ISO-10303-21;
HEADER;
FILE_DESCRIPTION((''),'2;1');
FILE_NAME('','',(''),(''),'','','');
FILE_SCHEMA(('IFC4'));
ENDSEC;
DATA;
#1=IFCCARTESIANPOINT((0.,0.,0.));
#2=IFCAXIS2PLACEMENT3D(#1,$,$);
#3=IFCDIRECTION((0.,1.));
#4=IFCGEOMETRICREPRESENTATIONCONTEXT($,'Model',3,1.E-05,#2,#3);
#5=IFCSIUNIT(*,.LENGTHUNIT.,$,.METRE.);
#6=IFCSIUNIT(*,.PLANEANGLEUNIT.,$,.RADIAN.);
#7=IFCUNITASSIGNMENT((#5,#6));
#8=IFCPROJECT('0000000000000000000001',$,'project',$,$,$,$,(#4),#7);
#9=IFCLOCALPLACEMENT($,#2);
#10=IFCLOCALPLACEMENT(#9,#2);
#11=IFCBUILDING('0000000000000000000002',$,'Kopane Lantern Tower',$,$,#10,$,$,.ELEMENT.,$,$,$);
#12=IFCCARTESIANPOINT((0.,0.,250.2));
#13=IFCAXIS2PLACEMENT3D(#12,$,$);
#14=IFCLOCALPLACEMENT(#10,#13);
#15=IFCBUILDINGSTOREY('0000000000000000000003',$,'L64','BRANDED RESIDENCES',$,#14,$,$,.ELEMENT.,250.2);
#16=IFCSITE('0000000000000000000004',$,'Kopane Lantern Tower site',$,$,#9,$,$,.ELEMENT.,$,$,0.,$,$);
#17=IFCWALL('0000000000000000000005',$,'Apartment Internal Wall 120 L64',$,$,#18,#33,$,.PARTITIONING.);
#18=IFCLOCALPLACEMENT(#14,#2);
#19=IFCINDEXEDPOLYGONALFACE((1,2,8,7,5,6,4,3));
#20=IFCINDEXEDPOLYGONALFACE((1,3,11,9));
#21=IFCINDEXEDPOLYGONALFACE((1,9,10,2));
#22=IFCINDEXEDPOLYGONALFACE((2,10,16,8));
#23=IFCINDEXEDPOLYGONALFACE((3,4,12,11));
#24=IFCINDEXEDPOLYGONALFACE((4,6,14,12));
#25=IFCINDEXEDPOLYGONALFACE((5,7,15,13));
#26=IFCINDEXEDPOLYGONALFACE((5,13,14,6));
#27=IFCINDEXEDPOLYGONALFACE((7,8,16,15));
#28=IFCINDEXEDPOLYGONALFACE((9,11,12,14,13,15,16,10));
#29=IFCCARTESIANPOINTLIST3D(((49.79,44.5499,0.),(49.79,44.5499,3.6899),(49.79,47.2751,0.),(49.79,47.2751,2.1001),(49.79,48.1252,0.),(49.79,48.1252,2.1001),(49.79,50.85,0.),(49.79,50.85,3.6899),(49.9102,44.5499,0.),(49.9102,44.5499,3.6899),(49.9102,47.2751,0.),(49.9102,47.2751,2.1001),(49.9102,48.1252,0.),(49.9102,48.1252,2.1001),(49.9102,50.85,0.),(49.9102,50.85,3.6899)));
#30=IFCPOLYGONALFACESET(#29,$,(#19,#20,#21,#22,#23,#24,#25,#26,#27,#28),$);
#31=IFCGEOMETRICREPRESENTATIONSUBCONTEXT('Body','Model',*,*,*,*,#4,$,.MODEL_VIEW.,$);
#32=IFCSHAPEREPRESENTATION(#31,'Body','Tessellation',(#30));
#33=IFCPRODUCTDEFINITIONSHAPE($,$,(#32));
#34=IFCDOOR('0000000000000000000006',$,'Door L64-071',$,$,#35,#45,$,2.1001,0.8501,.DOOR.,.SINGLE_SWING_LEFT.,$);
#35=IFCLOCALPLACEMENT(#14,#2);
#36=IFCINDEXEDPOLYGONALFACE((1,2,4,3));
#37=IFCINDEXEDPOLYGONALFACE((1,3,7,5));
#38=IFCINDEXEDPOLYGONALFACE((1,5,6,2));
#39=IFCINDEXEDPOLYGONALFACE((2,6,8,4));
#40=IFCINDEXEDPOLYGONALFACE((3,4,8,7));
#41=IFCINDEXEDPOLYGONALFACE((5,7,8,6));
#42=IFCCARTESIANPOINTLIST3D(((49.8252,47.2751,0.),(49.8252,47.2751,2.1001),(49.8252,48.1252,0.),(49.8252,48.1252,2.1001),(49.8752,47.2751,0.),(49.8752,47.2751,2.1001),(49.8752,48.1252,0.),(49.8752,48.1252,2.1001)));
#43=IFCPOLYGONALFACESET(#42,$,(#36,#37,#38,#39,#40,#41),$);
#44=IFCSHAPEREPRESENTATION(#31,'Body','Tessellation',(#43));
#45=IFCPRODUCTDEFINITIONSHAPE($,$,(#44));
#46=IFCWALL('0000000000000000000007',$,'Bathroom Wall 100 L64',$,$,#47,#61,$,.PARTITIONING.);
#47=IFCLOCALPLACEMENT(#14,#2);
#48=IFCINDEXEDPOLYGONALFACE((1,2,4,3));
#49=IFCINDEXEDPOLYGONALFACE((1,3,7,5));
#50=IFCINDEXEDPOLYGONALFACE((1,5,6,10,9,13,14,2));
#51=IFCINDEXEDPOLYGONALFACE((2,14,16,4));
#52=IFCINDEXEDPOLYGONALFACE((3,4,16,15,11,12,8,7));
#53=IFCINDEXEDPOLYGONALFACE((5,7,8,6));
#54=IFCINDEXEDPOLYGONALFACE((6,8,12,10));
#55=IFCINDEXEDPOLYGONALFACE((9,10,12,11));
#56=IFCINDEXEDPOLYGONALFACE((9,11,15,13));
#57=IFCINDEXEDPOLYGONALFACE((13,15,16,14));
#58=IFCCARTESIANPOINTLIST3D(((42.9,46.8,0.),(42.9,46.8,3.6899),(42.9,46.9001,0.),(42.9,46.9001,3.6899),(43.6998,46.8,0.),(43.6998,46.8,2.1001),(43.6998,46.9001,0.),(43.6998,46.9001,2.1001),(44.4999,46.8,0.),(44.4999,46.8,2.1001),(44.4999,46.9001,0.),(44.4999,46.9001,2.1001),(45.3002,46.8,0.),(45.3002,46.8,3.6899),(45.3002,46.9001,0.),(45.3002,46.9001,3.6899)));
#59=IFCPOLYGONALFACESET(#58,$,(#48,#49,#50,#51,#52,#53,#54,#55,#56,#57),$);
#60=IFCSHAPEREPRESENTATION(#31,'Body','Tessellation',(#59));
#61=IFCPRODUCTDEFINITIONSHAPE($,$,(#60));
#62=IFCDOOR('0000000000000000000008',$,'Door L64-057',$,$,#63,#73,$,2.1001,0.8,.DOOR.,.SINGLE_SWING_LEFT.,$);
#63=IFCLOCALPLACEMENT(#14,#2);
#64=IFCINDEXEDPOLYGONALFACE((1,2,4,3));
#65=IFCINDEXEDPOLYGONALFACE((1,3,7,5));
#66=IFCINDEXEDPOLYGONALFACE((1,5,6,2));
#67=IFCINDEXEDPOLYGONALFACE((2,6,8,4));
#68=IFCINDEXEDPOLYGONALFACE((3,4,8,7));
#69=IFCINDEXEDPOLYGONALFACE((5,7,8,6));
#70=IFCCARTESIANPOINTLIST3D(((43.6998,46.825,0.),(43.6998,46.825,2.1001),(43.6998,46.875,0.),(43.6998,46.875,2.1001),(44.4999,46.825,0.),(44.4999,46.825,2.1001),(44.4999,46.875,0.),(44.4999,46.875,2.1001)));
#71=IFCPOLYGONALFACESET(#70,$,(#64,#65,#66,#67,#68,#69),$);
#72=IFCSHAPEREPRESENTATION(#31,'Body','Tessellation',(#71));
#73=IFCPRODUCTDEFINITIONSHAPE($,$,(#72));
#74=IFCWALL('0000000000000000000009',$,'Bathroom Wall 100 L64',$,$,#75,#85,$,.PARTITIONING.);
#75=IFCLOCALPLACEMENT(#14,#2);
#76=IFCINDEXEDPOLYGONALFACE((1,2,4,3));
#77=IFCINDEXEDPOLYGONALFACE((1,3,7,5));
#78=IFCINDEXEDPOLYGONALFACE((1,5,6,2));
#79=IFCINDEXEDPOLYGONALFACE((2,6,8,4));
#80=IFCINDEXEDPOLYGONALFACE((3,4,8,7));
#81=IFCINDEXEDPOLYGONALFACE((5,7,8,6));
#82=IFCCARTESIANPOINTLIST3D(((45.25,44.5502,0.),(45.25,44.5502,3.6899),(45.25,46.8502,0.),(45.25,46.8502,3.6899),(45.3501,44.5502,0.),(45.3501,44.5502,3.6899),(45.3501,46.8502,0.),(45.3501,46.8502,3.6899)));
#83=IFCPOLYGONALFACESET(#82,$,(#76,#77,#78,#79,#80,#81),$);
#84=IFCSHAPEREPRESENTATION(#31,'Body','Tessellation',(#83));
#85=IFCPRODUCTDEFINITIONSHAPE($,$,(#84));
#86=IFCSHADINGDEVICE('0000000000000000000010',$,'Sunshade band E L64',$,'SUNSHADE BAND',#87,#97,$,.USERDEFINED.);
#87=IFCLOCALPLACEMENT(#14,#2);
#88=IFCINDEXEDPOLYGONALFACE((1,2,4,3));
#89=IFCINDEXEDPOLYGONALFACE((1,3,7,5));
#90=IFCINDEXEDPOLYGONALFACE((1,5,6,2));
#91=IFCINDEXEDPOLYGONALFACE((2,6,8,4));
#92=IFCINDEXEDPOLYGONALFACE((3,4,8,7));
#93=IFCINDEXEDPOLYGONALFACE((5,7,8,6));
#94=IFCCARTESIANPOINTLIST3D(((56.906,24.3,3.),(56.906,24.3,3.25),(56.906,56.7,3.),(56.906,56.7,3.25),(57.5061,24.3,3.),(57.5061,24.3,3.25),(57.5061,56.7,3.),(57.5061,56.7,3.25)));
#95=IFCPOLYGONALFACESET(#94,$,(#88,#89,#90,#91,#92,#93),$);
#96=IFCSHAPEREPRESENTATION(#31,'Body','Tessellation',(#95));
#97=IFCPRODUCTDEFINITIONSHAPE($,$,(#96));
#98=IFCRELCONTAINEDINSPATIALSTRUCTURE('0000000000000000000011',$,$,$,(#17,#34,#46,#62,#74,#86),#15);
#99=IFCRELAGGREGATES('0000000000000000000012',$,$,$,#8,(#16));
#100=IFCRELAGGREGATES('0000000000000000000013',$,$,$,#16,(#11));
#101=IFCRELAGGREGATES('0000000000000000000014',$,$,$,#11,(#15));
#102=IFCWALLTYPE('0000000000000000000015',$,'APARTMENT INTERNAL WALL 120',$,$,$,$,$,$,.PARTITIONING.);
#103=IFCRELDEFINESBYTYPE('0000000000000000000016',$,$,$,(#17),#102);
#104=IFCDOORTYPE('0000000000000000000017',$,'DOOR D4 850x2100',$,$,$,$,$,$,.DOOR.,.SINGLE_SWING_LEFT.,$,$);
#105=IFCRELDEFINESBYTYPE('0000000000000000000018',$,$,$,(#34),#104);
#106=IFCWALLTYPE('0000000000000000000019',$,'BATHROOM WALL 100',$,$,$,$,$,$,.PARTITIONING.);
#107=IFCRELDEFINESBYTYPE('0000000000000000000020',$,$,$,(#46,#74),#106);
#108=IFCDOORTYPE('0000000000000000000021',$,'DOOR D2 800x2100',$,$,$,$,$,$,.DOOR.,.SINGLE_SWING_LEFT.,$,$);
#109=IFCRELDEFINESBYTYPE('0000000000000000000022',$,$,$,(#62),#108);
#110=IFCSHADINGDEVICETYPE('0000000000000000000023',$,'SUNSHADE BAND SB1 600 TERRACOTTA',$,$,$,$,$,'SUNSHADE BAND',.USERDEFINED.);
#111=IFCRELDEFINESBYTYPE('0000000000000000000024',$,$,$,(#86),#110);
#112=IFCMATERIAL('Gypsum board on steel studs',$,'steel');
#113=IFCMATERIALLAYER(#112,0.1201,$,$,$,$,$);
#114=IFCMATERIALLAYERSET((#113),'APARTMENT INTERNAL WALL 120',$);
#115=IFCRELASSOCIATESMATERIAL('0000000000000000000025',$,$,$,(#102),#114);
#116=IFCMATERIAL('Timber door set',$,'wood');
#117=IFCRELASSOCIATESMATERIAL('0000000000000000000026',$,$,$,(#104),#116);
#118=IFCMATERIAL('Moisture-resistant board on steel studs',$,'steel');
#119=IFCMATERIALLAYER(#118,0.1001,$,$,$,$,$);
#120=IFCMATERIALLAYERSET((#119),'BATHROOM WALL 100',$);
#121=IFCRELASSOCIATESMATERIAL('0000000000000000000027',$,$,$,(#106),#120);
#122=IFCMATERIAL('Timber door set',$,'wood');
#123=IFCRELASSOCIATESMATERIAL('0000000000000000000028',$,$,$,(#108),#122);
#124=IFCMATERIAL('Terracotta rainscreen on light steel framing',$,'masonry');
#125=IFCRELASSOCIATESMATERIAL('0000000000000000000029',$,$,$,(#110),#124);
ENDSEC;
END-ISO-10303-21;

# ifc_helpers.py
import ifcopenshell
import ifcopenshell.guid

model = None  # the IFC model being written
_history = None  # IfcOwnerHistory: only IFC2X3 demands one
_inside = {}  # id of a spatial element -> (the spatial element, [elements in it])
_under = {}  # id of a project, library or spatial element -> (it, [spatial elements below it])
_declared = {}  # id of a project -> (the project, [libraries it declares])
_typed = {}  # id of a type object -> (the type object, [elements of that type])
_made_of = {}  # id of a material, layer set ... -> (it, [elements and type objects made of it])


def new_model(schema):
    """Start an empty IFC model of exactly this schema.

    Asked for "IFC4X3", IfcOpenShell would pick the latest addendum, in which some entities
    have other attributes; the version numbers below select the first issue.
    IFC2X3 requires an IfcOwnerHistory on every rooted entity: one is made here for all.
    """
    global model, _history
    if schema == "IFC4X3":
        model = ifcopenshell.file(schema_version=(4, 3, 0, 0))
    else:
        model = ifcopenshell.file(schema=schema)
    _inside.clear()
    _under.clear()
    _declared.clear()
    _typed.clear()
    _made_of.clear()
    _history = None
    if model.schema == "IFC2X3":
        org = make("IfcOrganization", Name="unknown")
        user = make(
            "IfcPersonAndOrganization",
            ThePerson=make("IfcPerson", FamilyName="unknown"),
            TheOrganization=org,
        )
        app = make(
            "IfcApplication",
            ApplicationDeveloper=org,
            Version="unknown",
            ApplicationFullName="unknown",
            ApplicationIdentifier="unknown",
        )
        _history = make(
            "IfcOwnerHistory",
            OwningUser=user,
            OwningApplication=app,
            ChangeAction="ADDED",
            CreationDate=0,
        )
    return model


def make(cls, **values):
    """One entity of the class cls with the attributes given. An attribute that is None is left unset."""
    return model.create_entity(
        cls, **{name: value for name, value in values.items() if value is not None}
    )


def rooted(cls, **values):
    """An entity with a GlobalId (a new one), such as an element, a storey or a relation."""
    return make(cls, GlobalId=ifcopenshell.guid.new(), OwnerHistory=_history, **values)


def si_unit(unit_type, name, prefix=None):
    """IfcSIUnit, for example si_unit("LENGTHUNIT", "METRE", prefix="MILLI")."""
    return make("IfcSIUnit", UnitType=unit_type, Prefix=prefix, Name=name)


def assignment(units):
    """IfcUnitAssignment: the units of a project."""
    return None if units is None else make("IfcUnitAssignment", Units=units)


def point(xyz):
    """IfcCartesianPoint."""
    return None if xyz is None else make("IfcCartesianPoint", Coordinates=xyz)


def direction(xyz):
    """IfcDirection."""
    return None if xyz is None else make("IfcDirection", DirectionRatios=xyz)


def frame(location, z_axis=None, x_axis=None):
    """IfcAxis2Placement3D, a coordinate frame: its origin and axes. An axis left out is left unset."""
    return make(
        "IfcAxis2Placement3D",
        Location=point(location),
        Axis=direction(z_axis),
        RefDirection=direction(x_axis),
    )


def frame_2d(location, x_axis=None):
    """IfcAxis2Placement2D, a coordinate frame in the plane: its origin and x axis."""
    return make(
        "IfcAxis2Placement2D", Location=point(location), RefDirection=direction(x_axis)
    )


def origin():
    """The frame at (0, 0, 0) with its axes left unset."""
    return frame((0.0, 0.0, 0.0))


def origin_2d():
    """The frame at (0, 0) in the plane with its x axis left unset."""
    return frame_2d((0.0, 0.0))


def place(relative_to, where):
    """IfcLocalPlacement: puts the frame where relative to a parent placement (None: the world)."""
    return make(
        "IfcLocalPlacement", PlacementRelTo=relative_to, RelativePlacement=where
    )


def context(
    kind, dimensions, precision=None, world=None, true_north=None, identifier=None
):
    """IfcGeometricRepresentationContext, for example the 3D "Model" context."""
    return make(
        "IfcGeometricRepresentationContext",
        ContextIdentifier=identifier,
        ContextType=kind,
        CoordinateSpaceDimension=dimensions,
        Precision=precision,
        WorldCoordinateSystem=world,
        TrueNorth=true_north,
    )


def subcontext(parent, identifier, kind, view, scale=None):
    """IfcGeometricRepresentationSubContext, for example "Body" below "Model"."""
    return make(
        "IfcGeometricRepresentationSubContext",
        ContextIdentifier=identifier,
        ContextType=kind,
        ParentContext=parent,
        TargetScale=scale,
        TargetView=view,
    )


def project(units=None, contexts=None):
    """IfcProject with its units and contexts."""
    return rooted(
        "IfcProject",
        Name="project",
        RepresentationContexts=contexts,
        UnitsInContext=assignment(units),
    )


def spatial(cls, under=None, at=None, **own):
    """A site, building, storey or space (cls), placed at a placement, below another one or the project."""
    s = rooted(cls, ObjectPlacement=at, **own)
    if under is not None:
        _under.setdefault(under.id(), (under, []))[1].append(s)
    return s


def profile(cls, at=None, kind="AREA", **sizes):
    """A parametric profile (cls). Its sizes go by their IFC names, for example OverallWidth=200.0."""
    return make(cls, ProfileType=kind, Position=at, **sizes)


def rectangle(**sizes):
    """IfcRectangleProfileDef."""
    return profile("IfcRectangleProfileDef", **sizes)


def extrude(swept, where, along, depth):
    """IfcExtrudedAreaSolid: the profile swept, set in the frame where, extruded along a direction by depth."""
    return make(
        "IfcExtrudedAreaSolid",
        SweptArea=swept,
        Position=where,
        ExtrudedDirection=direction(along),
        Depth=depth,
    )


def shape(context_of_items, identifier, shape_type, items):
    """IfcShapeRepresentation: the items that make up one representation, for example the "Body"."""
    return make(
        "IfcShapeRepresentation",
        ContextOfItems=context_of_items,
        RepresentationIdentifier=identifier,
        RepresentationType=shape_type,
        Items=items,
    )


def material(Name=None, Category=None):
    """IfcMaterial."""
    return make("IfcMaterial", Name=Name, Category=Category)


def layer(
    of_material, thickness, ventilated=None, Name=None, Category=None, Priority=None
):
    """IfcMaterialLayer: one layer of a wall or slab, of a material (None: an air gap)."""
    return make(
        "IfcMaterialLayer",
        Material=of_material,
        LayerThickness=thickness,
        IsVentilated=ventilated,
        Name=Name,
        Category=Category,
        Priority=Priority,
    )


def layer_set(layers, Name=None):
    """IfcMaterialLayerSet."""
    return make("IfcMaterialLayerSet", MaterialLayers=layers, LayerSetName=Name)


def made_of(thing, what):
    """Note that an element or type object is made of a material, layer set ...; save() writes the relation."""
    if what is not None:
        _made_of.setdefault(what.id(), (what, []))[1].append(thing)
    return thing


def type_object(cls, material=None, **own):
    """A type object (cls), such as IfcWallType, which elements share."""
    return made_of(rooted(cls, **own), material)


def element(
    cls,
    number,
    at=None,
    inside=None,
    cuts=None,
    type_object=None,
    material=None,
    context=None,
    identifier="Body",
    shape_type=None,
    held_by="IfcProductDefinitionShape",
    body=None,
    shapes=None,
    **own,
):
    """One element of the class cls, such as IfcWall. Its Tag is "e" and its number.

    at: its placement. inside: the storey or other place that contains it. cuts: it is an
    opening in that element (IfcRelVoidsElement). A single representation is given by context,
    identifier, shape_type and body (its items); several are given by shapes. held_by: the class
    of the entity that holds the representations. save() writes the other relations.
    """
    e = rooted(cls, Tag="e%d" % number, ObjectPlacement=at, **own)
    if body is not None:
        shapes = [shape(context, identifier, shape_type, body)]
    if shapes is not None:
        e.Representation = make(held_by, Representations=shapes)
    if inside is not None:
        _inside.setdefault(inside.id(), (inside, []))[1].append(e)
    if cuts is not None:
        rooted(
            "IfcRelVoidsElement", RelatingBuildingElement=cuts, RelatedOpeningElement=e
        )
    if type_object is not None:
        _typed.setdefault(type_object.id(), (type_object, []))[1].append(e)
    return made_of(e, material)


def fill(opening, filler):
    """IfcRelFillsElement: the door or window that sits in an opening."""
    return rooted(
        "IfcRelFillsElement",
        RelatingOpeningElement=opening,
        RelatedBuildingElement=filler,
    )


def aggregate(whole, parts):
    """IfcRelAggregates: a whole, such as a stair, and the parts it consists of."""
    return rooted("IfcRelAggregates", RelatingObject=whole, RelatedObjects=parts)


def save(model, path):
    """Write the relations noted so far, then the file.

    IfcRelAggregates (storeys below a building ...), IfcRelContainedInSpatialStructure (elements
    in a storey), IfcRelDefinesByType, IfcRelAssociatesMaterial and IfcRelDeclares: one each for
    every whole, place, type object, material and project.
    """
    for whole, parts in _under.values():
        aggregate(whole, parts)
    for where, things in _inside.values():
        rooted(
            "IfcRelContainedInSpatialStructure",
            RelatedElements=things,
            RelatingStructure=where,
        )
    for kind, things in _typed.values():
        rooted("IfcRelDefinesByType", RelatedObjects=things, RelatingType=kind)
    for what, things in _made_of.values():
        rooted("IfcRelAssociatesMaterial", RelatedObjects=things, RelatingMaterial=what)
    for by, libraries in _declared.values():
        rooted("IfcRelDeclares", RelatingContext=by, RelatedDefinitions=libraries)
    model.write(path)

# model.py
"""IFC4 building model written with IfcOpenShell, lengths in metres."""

from ifc_helpers import new_model, si_unit, direction, frame, frame_2d, origin, origin_2d, place, context, subcontext, project, spatial, rectangle, extrude, material, layer, layer_set, type_object, element, fill, save


model = new_model("IFC4")

# Units and contexts
model_context = context("Model", 3, precision=1e-05, world=origin(), true_north=direction((0.0, 1.0)))
body_context = subcontext(model_context, "Body", "Model", "MODEL_VIEW")
ifc_project = project(units=[si_unit("LENGTHUNIT", "METRE"), si_unit("PLANEANGLEUNIT", "RADIAN")], contexts=[model_context])

# Site, building, storey
site_placement = place(None, origin())
site = spatial("IfcSite", under=ifc_project, at=site_placement, Name="Kopane Lantern Tower site", CompositionType="ELEMENT", RefElevation=0.0)
building_placement = place(site_placement, origin())
building = spatial("IfcBuilding", under=site, at=building_placement, Name="Kopane Lantern Tower", CompositionType="ELEMENT")
storey_placement = place(building_placement, frame((0.0, 0.0, 250.2)))
storey = spatial("IfcBuildingStorey", under=building, at=storey_placement, Name="L64", Description="BRANDED RESIDENCES", CompositionType="ELEMENT", Elevation=250.2)

# Shared definitions
ifc_material_1 = material(Name="Gypsum board on steel studs", Category="steel")
ifc_layer_1 = layer(ifc_material_1, 0.1201)
ifc_layer_set_1 = layer_set([ifc_layer_1], Name="APARTMENT INTERNAL WALL 120")
wall_type_1 = type_object("IfcWallType", Name="APARTMENT INTERNAL WALL 120", PredefinedType="PARTITIONING", material=ifc_layer_set_1)
ifc_material_2 = material(Name="Timber door set", Category="wood")
door_type_1 = type_object("IfcDoorType", Name="DOOR D4 850x2100", OperationType="SINGLE_SWING_LEFT", PredefinedType="DOOR", material=ifc_material_2)

# Walls, openings, doors
wall_1_placement = place(storey_placement, frame((49.8501, 44.55, 0.0), z_axis=(0.0, 0.0, 1.0), x_axis=(0.0, 1.0, 0.0)))
wall_1 = element("IfcWall", 1, at=wall_1_placement, inside=storey, type_object=wall_type_1, Name="Apartment Internal Wall 120 L64", PredefinedType="PARTITIONING", context=body_context, shape_type="SweptSolid", body=[
    extrude(rectangle(XDim=6.3, YDim=0.1201, at=frame_2d((3.1499, 0.0))), origin(), (0.0, 0.0, 1.0), 3.6899),
])
opening_1_placement = place(wall_1_placement, frame((2.7251, 0.0, 0.0)))
opening_1 = element("IfcOpeningElement", 2, at=opening_1_placement, cuts=wall_1, PredefinedType="OPENING", context=body_context, shape_type="SweptSolid", body=[
    extrude(rectangle(XDim=0.8501, YDim=2.1001, at=frame_2d((0.425, 1.05))), frame((0.0, 0.0701, 0.0), z_axis=(0.0, -1.0, 0.0), x_axis=(1.0, 0.0, 0.0)), (0.0, 0.0, 1.0), 0.1401),
])
door_1_placement = place(opening_1_placement, origin())
door_1 = element("IfcDoor", 3, at=door_1_placement, inside=storey, type_object=door_type_1, Name="Door L64-071", OperationType="SINGLE_SWING_LEFT", OverallHeight=2.1001, OverallWidth=0.8501, PredefinedType="DOOR", context=body_context, shape_type="SweptSolid", body=[
    extrude(rectangle(XDim=0.8501, YDim=2.1001, at=frame_2d((0.425, 1.05))), frame((0.0, 0.0249, 0.0), z_axis=(0.0, -1.0, 0.0), x_axis=(1.0, 0.0, 0.0)), (0.0, 0.0, 1.0), 0.05),
])
fill(opening_1, door_1)
ifc_material_3 = material(Name="Moisture-resistant board on steel studs", Category="steel")
ifc_layer_2 = layer(ifc_material_3, 0.1001)
ifc_layer_set_2 = layer_set([ifc_layer_2], Name="BATHROOM WALL 100")
wall_type_2 = type_object("IfcWallType", Name="BATHROOM WALL 100", PredefinedType="PARTITIONING", material=ifc_layer_set_2)
wall_2_placement = place(storey_placement, frame((42.8999, 46.8501, 0.0), z_axis=(0.0, 0.0, 1.0), x_axis=(1.0, 0.0, 0.0)))
wall_2 = element("IfcWall", 4, at=wall_2_placement, inside=storey, type_object=wall_type_2, Name="Bathroom Wall 100 L64", PredefinedType="PARTITIONING", context=body_context, shape_type="SweptSolid", body=[
    extrude(rectangle(XDim=2.4001, YDim=0.1001, at=frame_2d((1.2002, 0.0))), origin(), (0.0, 0.0, 1.0), 3.6899),
])
opening_2_placement = place(wall_2_placement, frame((0.8, 0.0, 0.0)))
opening_2 = element("IfcOpeningElement", 5, at=opening_2_placement, cuts=wall_2, PredefinedType="OPENING", context=body_context, shape_type="SweptSolid", body=[
    extrude(rectangle(XDim=0.8, YDim=2.1001, at=frame_2d((0.3999, 1.05))), frame((0.0, 0.0601, 0.0), z_axis=(0.0, -1.0, 0.0), x_axis=(1.0, 0.0, 0.0)), (0.0, 0.0, 1.0), 0.1201),
])
ifc_material_4 = material(Name="Timber door set", Category="wood")
door_type_2 = type_object("IfcDoorType", Name="DOOR D2 800x2100", OperationType="SINGLE_SWING_LEFT", PredefinedType="DOOR", material=ifc_material_4)
door_2_placement = place(opening_2_placement, origin())
door_2 = element("IfcDoor", 6, at=door_2_placement, inside=storey, type_object=door_type_2, Name="Door L64-057", OperationType="SINGLE_SWING_LEFT", OverallHeight=2.1001, OverallWidth=0.8, PredefinedType="DOOR", context=body_context, shape_type="SweptSolid", body=[
    extrude(rectangle(XDim=0.8, YDim=2.1001, at=frame_2d((0.3999, 1.05))), frame((0.0, 0.0249, 0.0), z_axis=(0.0, -1.0, 0.0), x_axis=(1.0, 0.0, 0.0)), (0.0, 0.0, 1.0), 0.05),
])
fill(opening_2, door_2)

# Wall
wall_3_placement = place(storey_placement, frame((45.3, 46.8501, 0.0), z_axis=(0.0, 0.0, 1.0), x_axis=(0.0, -1.0, 0.0)))
element("IfcWall", 7, at=wall_3_placement, inside=storey, type_object=wall_type_2, Name="Bathroom Wall 100 L64", PredefinedType="PARTITIONING", context=body_context, shape_type="SweptSolid", body=[
    extrude(rectangle(XDim=2.3, YDim=0.1001, at=frame_2d((1.1499, 0.0))), origin(), (0.0, 0.0, 1.0), 3.6899),
])

# Shading device
ifc_material_5 = material(Name="Terracotta rainscreen on light steel framing", Category="masonry")
shading_device_type = type_object("IfcShadingDeviceType", Name="SUNSHADE BAND SB1 600 TERRACOTTA", ElementType="SUNSHADE BAND", PredefinedType="USERDEFINED", material=ifc_material_5)
shading_device_placement = place(storey_placement, frame((57.2061, 40.5, 3.0), z_axis=(0.0, 0.0, 1.0), x_axis=(0.0, 1.0, 0.0)))
element("IfcShadingDevice", 8, at=shading_device_placement, inside=storey, type_object=shading_device_type, Name="Sunshade band E L64", ObjectType="SUNSHADE BAND", PredefinedType="USERDEFINED", context=body_context, shape_type="SweptSolid", body=[
    extrude(rectangle(XDim=32.3999, YDim=0.6001, at=origin_2d()), origin(), (0.0, 0.0, 1.0), 0.25),
])

save(model, "model.ifc")
